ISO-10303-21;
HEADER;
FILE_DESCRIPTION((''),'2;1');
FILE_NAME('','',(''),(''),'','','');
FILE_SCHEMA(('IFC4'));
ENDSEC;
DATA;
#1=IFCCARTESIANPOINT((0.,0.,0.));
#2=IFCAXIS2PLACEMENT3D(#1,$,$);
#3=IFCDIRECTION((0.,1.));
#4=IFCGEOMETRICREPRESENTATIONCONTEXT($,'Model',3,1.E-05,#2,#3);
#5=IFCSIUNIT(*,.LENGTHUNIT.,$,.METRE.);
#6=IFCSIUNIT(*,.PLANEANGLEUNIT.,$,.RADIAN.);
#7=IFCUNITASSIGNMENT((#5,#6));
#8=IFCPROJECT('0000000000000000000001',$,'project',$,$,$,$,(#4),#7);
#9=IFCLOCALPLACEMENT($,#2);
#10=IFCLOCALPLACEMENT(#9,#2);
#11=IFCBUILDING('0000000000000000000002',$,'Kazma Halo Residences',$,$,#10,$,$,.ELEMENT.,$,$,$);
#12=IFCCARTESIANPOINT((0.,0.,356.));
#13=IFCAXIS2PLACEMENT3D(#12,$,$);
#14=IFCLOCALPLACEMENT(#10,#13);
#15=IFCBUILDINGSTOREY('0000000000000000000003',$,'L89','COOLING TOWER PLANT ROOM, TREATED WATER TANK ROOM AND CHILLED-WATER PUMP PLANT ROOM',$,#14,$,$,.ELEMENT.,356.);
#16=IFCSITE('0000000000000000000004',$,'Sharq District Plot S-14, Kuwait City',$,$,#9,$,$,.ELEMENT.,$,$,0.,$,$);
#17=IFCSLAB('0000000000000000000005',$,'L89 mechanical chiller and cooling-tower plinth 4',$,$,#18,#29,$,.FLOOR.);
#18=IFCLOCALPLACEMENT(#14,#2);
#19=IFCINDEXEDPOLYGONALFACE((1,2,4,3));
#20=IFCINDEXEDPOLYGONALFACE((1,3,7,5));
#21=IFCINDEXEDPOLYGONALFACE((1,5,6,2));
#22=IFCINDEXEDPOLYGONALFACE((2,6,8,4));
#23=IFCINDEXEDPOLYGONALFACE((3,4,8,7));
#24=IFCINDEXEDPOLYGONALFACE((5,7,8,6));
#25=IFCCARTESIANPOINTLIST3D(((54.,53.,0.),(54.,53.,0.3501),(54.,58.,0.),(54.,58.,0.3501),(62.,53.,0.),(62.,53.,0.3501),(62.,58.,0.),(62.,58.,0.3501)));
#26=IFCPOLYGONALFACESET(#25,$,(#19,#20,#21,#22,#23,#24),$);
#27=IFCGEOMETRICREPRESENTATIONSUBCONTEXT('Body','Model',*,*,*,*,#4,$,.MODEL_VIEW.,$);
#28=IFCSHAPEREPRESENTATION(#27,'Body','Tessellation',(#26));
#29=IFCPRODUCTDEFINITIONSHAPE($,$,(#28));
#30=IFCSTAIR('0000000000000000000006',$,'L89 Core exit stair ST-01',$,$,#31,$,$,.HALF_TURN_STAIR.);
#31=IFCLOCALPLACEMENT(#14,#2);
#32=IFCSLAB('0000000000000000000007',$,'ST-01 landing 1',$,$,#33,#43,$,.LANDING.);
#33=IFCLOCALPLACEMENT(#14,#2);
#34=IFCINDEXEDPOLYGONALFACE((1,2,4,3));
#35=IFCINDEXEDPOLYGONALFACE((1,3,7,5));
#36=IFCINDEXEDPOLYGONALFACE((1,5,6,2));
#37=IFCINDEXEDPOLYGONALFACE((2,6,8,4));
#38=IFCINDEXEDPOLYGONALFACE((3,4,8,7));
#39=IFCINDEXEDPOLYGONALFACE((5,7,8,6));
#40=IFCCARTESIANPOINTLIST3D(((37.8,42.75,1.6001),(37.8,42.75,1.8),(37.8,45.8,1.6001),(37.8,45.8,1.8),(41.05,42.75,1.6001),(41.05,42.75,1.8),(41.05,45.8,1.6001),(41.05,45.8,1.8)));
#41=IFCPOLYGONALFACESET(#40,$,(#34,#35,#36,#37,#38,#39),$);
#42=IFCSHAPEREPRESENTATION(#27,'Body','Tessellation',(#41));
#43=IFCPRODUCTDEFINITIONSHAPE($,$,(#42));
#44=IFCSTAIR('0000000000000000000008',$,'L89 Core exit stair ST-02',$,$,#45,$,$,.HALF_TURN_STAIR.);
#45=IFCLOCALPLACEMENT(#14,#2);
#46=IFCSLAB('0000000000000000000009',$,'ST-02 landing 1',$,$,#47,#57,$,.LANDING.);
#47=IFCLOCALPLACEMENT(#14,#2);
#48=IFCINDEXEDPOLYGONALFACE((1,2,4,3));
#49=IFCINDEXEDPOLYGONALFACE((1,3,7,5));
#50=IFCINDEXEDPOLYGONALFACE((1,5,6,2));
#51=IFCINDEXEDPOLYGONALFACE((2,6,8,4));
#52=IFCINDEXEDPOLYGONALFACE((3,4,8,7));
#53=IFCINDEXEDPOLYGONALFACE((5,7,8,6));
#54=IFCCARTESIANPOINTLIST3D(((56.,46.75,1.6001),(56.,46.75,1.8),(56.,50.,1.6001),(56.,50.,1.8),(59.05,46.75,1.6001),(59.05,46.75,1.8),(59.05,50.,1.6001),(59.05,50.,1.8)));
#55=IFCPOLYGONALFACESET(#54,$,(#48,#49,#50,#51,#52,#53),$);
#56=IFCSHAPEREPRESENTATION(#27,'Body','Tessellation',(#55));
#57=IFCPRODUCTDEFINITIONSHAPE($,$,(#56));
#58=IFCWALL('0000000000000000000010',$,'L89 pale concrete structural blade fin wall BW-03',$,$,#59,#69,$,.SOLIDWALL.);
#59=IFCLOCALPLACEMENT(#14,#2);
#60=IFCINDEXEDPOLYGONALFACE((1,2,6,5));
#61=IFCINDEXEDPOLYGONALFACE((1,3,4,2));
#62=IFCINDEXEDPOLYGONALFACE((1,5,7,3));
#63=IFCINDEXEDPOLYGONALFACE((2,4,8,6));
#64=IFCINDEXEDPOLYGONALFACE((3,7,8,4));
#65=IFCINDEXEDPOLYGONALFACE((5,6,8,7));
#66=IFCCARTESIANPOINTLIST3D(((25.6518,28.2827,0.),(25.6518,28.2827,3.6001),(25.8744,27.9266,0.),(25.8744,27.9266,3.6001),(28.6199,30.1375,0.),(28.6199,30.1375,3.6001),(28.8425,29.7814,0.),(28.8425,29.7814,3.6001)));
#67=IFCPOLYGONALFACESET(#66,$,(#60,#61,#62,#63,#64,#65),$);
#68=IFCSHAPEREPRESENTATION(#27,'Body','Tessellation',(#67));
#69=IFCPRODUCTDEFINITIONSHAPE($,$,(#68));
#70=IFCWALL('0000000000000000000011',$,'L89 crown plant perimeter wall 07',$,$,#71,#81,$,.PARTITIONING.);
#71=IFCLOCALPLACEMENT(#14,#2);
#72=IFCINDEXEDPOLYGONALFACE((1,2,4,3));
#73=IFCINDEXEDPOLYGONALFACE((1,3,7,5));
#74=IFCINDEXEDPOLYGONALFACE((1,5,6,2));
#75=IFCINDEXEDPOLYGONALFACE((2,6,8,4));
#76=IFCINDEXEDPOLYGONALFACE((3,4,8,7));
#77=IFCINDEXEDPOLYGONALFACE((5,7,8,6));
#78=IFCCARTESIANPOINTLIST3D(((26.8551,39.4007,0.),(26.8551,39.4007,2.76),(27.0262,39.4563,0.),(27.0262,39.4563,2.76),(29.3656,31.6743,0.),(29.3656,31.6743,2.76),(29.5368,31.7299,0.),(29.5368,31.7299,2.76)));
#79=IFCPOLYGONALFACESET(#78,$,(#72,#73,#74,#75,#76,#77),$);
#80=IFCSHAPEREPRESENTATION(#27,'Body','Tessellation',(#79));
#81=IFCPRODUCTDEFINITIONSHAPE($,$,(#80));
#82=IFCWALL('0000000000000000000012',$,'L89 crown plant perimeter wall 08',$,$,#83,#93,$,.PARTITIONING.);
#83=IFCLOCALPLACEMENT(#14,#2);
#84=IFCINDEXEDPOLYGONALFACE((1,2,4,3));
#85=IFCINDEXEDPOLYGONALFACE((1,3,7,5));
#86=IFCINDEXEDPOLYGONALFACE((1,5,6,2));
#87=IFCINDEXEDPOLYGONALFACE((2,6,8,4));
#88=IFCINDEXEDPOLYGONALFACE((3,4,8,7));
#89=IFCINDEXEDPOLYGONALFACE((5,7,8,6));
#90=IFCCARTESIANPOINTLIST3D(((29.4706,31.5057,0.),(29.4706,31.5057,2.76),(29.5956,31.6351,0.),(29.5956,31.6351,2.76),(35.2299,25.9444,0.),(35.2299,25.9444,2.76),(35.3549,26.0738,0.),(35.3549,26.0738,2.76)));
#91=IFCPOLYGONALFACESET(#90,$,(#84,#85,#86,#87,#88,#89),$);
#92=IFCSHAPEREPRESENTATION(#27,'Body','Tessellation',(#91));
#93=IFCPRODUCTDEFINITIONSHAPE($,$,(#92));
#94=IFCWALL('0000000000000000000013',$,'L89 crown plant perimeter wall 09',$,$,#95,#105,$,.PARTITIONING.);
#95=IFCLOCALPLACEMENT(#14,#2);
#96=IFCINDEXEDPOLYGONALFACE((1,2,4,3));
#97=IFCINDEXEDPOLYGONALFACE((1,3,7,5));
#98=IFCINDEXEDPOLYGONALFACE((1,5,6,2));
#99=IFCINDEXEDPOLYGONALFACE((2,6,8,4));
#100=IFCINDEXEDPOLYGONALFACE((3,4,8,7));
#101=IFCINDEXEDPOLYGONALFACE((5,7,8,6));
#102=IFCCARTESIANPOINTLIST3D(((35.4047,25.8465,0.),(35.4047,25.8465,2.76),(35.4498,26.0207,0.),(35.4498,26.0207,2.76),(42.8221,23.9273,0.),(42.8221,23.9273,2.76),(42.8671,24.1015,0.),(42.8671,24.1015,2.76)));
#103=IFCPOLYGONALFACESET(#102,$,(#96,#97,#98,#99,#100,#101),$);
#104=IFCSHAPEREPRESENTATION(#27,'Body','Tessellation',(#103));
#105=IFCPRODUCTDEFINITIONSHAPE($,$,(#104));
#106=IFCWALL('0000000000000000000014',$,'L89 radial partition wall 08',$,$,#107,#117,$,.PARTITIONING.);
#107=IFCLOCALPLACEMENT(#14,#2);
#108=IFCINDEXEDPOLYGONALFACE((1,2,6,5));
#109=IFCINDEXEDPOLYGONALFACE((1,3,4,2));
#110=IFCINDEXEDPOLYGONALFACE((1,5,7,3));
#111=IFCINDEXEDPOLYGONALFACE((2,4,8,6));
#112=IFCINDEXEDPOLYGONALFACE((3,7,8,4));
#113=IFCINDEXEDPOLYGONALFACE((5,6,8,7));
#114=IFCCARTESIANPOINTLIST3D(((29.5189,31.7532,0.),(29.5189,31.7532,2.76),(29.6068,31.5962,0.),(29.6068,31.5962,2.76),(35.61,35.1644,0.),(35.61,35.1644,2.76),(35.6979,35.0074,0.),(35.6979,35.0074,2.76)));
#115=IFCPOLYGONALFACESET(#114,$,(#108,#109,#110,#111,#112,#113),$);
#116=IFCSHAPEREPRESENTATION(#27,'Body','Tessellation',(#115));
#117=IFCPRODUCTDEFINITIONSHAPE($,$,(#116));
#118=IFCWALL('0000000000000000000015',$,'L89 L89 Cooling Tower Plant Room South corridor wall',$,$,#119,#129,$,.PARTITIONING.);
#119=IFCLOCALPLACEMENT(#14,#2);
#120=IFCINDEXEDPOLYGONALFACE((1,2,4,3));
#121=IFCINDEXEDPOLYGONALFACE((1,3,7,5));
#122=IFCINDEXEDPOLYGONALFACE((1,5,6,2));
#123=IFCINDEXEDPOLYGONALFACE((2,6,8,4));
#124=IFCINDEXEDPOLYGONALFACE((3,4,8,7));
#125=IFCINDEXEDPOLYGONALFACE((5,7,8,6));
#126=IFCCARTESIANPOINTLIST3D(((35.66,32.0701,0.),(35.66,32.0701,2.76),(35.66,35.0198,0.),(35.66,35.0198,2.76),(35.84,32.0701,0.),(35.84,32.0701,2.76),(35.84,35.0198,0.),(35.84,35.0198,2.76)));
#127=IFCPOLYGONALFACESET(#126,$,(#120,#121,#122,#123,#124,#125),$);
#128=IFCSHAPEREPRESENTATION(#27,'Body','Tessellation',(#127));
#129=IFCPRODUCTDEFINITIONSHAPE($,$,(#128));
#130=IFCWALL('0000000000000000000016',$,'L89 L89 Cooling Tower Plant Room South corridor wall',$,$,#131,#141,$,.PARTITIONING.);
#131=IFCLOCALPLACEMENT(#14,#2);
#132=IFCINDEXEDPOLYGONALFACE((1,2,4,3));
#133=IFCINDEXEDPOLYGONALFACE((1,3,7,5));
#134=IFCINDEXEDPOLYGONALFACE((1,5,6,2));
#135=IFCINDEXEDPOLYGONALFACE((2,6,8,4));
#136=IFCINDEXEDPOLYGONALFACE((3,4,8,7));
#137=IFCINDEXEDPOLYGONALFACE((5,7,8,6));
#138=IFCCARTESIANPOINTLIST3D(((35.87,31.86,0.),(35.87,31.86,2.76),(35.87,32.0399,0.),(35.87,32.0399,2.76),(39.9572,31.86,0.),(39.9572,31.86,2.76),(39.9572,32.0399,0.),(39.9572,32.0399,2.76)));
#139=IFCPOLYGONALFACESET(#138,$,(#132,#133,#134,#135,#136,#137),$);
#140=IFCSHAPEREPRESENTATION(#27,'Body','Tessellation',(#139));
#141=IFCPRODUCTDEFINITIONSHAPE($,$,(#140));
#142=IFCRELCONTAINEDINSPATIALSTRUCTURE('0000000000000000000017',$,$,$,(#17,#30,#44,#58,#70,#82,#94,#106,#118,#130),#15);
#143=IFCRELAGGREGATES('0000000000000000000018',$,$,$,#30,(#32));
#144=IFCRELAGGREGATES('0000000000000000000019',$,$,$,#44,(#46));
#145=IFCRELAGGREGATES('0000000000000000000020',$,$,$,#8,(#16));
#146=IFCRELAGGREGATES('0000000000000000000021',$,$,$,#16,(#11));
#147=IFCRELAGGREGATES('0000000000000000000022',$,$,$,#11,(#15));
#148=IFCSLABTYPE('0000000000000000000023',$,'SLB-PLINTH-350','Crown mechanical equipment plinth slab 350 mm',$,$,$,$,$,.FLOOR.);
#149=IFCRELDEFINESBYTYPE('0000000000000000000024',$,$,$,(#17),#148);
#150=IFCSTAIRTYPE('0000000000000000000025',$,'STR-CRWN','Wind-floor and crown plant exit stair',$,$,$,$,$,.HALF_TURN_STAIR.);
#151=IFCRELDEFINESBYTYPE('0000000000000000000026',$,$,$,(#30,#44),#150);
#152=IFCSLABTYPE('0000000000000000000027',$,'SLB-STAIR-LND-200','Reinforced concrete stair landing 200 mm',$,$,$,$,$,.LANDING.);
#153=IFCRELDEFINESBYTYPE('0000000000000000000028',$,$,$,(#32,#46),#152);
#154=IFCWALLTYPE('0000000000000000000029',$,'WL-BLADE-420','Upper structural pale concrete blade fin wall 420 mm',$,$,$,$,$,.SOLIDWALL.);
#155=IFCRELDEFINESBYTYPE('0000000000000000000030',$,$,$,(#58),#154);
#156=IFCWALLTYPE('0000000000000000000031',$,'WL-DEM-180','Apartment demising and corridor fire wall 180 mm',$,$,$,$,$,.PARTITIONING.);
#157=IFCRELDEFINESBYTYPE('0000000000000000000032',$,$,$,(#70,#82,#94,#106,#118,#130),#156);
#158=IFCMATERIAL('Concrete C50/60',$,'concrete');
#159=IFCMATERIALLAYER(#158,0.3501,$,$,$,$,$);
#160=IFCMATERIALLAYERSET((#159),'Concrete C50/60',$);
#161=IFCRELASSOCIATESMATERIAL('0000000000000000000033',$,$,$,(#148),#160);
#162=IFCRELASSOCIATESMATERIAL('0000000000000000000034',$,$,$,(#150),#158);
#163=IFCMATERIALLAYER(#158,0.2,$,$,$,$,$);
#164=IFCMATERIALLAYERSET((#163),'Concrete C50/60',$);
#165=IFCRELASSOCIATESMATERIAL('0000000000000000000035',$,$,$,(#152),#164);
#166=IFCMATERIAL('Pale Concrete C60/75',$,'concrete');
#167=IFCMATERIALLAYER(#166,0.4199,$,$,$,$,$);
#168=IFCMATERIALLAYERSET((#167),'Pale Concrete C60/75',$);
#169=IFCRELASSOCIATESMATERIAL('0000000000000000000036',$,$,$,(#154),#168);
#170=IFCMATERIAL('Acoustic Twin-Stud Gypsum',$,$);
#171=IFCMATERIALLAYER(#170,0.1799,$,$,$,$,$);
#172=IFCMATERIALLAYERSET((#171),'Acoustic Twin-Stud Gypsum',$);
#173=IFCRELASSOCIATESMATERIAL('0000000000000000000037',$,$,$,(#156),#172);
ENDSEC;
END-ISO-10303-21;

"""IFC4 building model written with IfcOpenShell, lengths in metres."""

from ifc_helpers import new_model, si_unit, direction, frame, frame_2d, origin, place, context, subcontext, project, spatial, polyline, rectangle, outline, extrude, material, layer, layer_set, type_object, element, aggregate, save


model = new_model("IFC4")

# Units and contexts
model_context = context("Model", 3, precision=1e-05, world=origin(), true_north=direction((0.0, 1.0)))
body_context = subcontext(model_context, "Body", "Model", "MODEL_VIEW")
ifc_project = project(units=[si_unit("LENGTHUNIT", "METRE"), si_unit("PLANEANGLEUNIT", "RADIAN")], contexts=[model_context])

# Site, building, storey
site_placement = place(None, origin())
site = spatial("IfcSite", under=ifc_project, at=site_placement, Name="Sharq District Plot S-14, Kuwait City", CompositionType="ELEMENT", RefElevation=0.0)
building_placement = place(site_placement, origin())
building = spatial("IfcBuilding", under=site, at=building_placement, Name="Kazma Halo Residences", CompositionType="ELEMENT")
storey_placement = place(building_placement, frame((0.0, 0.0, 356.0)))
storey = spatial("IfcBuildingStorey", under=building, at=storey_placement, Name="L89", Description="COOLING TOWER PLANT ROOM, TREATED WATER TANK ROOM AND CHILLED-WATER PUMP PLANT ROOM", CompositionType="ELEMENT", Elevation=356.0)

# Slab
ifc_material_1 = material(Name="Concrete C50/60", Category="concrete")
ifc_layer_1 = layer(ifc_material_1, 0.3501)
ifc_layer_set_1 = layer_set([ifc_layer_1], Name="Concrete C50/60")
slab_type_1 = type_object("IfcSlabType", Name="SLB-PLINTH-350", Description="Crown mechanical equipment plinth slab 350 mm", PredefinedType="FLOOR", material=ifc_layer_set_1)
slab_1_placement = place(storey_placement, origin())
element("IfcSlab", 1, at=slab_1_placement, inside=storey, type_object=slab_type_1, Name="L89 mechanical chiller and cooling-tower plinth 4", PredefinedType="FLOOR", context=body_context, shape_type="SweptSolid", body=[
    extrude(outline(polyline([(54.0, 53.0), (62.0, 53.0), (62.0, 58.0), (54.0, 58.0), (54.0, 53.0)])), origin(), (0.0, 0.0, 1.0), 0.3501),
])

# Stairs, slabs
stair_type = type_object("IfcStairType", Name="STR-CRWN", Description="Wind-floor and crown plant exit stair", PredefinedType="HALF_TURN_STAIR", material=ifc_material_1)
stair_1_placement = place(storey_placement, origin())
stair_1 = element("IfcStair", 2, at=stair_1_placement, inside=storey, type_object=stair_type, Name="L89 Core exit stair ST-01", PredefinedType="HALF_TURN_STAIR")
ifc_layer_2 = layer(ifc_material_1, 0.2)
ifc_layer_set_2 = layer_set([ifc_layer_2], Name="Concrete C50/60")
slab_type_2 = type_object("IfcSlabType", Name="SLB-STAIR-LND-200", Description="Reinforced concrete stair landing 200 mm", PredefinedType="LANDING", material=ifc_layer_set_2)
slab_2_placement = place(storey_placement, frame((0.0, 0.0, 1.6001)))
slab_2 = element("IfcSlab", 3, at=slab_2_placement, type_object=slab_type_2, Name="ST-01 landing 1", PredefinedType="LANDING", context=body_context, shape_type="SweptSolid", body=[
    extrude(outline(polyline([(41.05, 42.75), (41.05, 45.8), (37.8, 45.8), (37.8, 42.75), (41.05, 42.75)])), origin(), (0.0, 0.0, 1.0), 0.2),
])
aggregate(stair_1, [slab_2])
stair_2_placement = place(storey_placement, origin())
stair_2 = element("IfcStair", 4, at=stair_2_placement, inside=storey, type_object=stair_type, Name="L89 Core exit stair ST-02", PredefinedType="HALF_TURN_STAIR")
slab_3_placement = place(storey_placement, frame((0.0, 0.0, 1.6001)))
slab_3 = element("IfcSlab", 5, at=slab_3_placement, type_object=slab_type_2, Name="ST-02 landing 1", PredefinedType="LANDING", context=body_context, shape_type="SweptSolid", body=[
    extrude(outline(polyline([(56.0, 46.75), (59.05, 46.75), (59.05, 50.0), (56.0, 50.0), (56.0, 46.75)])), origin(), (0.0, 0.0, 1.0), 0.2),
])
aggregate(stair_2, [slab_3])

# Walls
ifc_material_2 = material(Name="Pale Concrete C60/75", Category="concrete")
ifc_layer_3 = layer(ifc_material_2, 0.4199)
ifc_layer_set_3 = layer_set([ifc_layer_3], Name="Pale Concrete C60/75")
wall_type_1 = type_object("IfcWallType", Name="WL-BLADE-420", Description="Upper structural pale concrete blade fin wall 420 mm", PredefinedType="SOLIDWALL", material=ifc_layer_set_3)
wall_1_placement = place(storey_placement, frame((28.7312, 29.9595, 0.0), z_axis=(0.0, 0.0, 1.0), x_axis=(-0.848034, -0.529943, 0.0)))
element("IfcWall", 6, at=wall_1_placement, inside=storey, type_object=wall_type_1, Name="L89 pale concrete structural blade fin wall BW-03", PredefinedType="SOLIDWALL", context=body_context, shape_type="SweptSolid", body=[
    extrude(rectangle(XDim=3.5, YDim=0.4199, at=frame_2d((1.75, 0.0))), origin(), (0.0, 0.0, 1.0), 3.6001),
])
ifc_material_3 = material(Name="Acoustic Twin-Stud Gypsum")
ifc_layer_4 = layer(ifc_material_3, 0.1799)
ifc_layer_set_4 = layer_set([ifc_layer_4], Name="Acoustic Twin-Stud Gypsum")
wall_type_2 = type_object("IfcWallType", Name="WL-DEM-180", Description="Apartment demising and corridor fire wall 180 mm", PredefinedType="PARTITIONING", material=ifc_layer_set_4)
wall_2_placement = place(storey_placement, frame((26.9407, 39.4285, 0.0), z_axis=(0.0, 0.0, 1.0), x_axis=(0.309024, -0.951054, 0.0)))
element("IfcWall", 7, at=wall_2_placement, inside=storey, type_object=wall_type_2, Name="L89 crown plant perimeter wall 07", PredefinedType="PARTITIONING", context=body_context, shape_type="SweptSolid", body=[
    extrude(rectangle(XDim=8.124, YDim=0.1799, at=frame_2d((4.062, 0.0))), origin(), (0.0, 0.0, 1.0), 2.76),
])
wall_3_placement = place(storey_placement, frame((29.5332, 31.5703, 0.0), z_axis=(0.0, 0.0, 1.0), x_axis=(0.719364, -0.694633, 0.0)))
element("IfcWall", 8, at=wall_3_placement, inside=storey, type_object=wall_type_2, Name="L89 crown plant perimeter wall 08", PredefinedType="PARTITIONING", context=body_context, shape_type="SweptSolid", body=[
    extrude(rectangle(XDim=8.0061, YDim=0.1799, at=frame_2d((4.0029, 0.0))), origin(), (0.0, 0.0, 1.0), 2.76),
])
wall_4_placement = place(storey_placement, frame((35.4272, 25.9336, 0.0), z_axis=(0.0, 0.0, 1.0), x_axis=(0.968117, -0.250498, 0.0)))
element("IfcWall", 9, at=wall_4_placement, inside=storey, type_object=wall_type_2, Name="L89 crown plant perimeter wall 09", PredefinedType="PARTITIONING", context=body_context, shape_type="SweptSolid", body=[
    extrude(rectangle(XDim=7.6616, YDim=0.1799, at=frame_2d((3.8308, 0.0))), origin(), (0.0, 0.0, 1.0), 2.76),
])
wall_5_placement = place(storey_placement, frame((35.6541, 35.0859, 0.0), z_axis=(0.0, 0.0, 1.0), x_axis=(-0.872498, -0.488618, 0.0)))
element("IfcWall", 10, at=wall_5_placement, inside=storey, type_object=wall_type_2, Name="L89 radial partition wall 08", PredefinedType="PARTITIONING", context=body_context, shape_type="SweptSolid", body=[
    extrude(rectangle(XDim=6.9812, YDim=0.1799, at=frame_2d((3.4907, 0.0))), origin(), (0.0, 0.0, 1.0), 2.76),
])
wall_6_placement = place(storey_placement, frame((35.75, 35.0198, 0.0), z_axis=(0.0, 0.0, 1.0), x_axis=(0.0, -1.0, 0.0)))
element("IfcWall", 11, at=wall_6_placement, inside=storey, type_object=wall_type_2, Name="L89 L89 Cooling Tower Plant Room South corridor wall", PredefinedType="PARTITIONING", context=body_context, shape_type="SweptSolid", body=[
    extrude(rectangle(XDim=2.9497, YDim=0.1799, at=frame_2d((1.4749, 0.0))), origin(), (0.0, 0.0, 1.0), 2.76),
])
wall_7_placement = place(storey_placement, frame((35.8701, 31.95, 0.0), z_axis=(0.0, 0.0, 1.0), x_axis=(1.0, 0.0, 0.0)))
element("IfcWall", 12, at=wall_7_placement, inside=storey, type_object=wall_type_2, Name="L89 L89 Cooling Tower Plant Room South corridor wall", PredefinedType="PARTITIONING", context=body_context, shape_type="SweptSolid", body=[
    extrude(rectangle(XDim=4.0872, YDim=0.1799, at=frame_2d((2.0435, 0.0))), origin(), (0.0, 0.0, 1.0), 2.76),
])

save(model, "model.ifc")
